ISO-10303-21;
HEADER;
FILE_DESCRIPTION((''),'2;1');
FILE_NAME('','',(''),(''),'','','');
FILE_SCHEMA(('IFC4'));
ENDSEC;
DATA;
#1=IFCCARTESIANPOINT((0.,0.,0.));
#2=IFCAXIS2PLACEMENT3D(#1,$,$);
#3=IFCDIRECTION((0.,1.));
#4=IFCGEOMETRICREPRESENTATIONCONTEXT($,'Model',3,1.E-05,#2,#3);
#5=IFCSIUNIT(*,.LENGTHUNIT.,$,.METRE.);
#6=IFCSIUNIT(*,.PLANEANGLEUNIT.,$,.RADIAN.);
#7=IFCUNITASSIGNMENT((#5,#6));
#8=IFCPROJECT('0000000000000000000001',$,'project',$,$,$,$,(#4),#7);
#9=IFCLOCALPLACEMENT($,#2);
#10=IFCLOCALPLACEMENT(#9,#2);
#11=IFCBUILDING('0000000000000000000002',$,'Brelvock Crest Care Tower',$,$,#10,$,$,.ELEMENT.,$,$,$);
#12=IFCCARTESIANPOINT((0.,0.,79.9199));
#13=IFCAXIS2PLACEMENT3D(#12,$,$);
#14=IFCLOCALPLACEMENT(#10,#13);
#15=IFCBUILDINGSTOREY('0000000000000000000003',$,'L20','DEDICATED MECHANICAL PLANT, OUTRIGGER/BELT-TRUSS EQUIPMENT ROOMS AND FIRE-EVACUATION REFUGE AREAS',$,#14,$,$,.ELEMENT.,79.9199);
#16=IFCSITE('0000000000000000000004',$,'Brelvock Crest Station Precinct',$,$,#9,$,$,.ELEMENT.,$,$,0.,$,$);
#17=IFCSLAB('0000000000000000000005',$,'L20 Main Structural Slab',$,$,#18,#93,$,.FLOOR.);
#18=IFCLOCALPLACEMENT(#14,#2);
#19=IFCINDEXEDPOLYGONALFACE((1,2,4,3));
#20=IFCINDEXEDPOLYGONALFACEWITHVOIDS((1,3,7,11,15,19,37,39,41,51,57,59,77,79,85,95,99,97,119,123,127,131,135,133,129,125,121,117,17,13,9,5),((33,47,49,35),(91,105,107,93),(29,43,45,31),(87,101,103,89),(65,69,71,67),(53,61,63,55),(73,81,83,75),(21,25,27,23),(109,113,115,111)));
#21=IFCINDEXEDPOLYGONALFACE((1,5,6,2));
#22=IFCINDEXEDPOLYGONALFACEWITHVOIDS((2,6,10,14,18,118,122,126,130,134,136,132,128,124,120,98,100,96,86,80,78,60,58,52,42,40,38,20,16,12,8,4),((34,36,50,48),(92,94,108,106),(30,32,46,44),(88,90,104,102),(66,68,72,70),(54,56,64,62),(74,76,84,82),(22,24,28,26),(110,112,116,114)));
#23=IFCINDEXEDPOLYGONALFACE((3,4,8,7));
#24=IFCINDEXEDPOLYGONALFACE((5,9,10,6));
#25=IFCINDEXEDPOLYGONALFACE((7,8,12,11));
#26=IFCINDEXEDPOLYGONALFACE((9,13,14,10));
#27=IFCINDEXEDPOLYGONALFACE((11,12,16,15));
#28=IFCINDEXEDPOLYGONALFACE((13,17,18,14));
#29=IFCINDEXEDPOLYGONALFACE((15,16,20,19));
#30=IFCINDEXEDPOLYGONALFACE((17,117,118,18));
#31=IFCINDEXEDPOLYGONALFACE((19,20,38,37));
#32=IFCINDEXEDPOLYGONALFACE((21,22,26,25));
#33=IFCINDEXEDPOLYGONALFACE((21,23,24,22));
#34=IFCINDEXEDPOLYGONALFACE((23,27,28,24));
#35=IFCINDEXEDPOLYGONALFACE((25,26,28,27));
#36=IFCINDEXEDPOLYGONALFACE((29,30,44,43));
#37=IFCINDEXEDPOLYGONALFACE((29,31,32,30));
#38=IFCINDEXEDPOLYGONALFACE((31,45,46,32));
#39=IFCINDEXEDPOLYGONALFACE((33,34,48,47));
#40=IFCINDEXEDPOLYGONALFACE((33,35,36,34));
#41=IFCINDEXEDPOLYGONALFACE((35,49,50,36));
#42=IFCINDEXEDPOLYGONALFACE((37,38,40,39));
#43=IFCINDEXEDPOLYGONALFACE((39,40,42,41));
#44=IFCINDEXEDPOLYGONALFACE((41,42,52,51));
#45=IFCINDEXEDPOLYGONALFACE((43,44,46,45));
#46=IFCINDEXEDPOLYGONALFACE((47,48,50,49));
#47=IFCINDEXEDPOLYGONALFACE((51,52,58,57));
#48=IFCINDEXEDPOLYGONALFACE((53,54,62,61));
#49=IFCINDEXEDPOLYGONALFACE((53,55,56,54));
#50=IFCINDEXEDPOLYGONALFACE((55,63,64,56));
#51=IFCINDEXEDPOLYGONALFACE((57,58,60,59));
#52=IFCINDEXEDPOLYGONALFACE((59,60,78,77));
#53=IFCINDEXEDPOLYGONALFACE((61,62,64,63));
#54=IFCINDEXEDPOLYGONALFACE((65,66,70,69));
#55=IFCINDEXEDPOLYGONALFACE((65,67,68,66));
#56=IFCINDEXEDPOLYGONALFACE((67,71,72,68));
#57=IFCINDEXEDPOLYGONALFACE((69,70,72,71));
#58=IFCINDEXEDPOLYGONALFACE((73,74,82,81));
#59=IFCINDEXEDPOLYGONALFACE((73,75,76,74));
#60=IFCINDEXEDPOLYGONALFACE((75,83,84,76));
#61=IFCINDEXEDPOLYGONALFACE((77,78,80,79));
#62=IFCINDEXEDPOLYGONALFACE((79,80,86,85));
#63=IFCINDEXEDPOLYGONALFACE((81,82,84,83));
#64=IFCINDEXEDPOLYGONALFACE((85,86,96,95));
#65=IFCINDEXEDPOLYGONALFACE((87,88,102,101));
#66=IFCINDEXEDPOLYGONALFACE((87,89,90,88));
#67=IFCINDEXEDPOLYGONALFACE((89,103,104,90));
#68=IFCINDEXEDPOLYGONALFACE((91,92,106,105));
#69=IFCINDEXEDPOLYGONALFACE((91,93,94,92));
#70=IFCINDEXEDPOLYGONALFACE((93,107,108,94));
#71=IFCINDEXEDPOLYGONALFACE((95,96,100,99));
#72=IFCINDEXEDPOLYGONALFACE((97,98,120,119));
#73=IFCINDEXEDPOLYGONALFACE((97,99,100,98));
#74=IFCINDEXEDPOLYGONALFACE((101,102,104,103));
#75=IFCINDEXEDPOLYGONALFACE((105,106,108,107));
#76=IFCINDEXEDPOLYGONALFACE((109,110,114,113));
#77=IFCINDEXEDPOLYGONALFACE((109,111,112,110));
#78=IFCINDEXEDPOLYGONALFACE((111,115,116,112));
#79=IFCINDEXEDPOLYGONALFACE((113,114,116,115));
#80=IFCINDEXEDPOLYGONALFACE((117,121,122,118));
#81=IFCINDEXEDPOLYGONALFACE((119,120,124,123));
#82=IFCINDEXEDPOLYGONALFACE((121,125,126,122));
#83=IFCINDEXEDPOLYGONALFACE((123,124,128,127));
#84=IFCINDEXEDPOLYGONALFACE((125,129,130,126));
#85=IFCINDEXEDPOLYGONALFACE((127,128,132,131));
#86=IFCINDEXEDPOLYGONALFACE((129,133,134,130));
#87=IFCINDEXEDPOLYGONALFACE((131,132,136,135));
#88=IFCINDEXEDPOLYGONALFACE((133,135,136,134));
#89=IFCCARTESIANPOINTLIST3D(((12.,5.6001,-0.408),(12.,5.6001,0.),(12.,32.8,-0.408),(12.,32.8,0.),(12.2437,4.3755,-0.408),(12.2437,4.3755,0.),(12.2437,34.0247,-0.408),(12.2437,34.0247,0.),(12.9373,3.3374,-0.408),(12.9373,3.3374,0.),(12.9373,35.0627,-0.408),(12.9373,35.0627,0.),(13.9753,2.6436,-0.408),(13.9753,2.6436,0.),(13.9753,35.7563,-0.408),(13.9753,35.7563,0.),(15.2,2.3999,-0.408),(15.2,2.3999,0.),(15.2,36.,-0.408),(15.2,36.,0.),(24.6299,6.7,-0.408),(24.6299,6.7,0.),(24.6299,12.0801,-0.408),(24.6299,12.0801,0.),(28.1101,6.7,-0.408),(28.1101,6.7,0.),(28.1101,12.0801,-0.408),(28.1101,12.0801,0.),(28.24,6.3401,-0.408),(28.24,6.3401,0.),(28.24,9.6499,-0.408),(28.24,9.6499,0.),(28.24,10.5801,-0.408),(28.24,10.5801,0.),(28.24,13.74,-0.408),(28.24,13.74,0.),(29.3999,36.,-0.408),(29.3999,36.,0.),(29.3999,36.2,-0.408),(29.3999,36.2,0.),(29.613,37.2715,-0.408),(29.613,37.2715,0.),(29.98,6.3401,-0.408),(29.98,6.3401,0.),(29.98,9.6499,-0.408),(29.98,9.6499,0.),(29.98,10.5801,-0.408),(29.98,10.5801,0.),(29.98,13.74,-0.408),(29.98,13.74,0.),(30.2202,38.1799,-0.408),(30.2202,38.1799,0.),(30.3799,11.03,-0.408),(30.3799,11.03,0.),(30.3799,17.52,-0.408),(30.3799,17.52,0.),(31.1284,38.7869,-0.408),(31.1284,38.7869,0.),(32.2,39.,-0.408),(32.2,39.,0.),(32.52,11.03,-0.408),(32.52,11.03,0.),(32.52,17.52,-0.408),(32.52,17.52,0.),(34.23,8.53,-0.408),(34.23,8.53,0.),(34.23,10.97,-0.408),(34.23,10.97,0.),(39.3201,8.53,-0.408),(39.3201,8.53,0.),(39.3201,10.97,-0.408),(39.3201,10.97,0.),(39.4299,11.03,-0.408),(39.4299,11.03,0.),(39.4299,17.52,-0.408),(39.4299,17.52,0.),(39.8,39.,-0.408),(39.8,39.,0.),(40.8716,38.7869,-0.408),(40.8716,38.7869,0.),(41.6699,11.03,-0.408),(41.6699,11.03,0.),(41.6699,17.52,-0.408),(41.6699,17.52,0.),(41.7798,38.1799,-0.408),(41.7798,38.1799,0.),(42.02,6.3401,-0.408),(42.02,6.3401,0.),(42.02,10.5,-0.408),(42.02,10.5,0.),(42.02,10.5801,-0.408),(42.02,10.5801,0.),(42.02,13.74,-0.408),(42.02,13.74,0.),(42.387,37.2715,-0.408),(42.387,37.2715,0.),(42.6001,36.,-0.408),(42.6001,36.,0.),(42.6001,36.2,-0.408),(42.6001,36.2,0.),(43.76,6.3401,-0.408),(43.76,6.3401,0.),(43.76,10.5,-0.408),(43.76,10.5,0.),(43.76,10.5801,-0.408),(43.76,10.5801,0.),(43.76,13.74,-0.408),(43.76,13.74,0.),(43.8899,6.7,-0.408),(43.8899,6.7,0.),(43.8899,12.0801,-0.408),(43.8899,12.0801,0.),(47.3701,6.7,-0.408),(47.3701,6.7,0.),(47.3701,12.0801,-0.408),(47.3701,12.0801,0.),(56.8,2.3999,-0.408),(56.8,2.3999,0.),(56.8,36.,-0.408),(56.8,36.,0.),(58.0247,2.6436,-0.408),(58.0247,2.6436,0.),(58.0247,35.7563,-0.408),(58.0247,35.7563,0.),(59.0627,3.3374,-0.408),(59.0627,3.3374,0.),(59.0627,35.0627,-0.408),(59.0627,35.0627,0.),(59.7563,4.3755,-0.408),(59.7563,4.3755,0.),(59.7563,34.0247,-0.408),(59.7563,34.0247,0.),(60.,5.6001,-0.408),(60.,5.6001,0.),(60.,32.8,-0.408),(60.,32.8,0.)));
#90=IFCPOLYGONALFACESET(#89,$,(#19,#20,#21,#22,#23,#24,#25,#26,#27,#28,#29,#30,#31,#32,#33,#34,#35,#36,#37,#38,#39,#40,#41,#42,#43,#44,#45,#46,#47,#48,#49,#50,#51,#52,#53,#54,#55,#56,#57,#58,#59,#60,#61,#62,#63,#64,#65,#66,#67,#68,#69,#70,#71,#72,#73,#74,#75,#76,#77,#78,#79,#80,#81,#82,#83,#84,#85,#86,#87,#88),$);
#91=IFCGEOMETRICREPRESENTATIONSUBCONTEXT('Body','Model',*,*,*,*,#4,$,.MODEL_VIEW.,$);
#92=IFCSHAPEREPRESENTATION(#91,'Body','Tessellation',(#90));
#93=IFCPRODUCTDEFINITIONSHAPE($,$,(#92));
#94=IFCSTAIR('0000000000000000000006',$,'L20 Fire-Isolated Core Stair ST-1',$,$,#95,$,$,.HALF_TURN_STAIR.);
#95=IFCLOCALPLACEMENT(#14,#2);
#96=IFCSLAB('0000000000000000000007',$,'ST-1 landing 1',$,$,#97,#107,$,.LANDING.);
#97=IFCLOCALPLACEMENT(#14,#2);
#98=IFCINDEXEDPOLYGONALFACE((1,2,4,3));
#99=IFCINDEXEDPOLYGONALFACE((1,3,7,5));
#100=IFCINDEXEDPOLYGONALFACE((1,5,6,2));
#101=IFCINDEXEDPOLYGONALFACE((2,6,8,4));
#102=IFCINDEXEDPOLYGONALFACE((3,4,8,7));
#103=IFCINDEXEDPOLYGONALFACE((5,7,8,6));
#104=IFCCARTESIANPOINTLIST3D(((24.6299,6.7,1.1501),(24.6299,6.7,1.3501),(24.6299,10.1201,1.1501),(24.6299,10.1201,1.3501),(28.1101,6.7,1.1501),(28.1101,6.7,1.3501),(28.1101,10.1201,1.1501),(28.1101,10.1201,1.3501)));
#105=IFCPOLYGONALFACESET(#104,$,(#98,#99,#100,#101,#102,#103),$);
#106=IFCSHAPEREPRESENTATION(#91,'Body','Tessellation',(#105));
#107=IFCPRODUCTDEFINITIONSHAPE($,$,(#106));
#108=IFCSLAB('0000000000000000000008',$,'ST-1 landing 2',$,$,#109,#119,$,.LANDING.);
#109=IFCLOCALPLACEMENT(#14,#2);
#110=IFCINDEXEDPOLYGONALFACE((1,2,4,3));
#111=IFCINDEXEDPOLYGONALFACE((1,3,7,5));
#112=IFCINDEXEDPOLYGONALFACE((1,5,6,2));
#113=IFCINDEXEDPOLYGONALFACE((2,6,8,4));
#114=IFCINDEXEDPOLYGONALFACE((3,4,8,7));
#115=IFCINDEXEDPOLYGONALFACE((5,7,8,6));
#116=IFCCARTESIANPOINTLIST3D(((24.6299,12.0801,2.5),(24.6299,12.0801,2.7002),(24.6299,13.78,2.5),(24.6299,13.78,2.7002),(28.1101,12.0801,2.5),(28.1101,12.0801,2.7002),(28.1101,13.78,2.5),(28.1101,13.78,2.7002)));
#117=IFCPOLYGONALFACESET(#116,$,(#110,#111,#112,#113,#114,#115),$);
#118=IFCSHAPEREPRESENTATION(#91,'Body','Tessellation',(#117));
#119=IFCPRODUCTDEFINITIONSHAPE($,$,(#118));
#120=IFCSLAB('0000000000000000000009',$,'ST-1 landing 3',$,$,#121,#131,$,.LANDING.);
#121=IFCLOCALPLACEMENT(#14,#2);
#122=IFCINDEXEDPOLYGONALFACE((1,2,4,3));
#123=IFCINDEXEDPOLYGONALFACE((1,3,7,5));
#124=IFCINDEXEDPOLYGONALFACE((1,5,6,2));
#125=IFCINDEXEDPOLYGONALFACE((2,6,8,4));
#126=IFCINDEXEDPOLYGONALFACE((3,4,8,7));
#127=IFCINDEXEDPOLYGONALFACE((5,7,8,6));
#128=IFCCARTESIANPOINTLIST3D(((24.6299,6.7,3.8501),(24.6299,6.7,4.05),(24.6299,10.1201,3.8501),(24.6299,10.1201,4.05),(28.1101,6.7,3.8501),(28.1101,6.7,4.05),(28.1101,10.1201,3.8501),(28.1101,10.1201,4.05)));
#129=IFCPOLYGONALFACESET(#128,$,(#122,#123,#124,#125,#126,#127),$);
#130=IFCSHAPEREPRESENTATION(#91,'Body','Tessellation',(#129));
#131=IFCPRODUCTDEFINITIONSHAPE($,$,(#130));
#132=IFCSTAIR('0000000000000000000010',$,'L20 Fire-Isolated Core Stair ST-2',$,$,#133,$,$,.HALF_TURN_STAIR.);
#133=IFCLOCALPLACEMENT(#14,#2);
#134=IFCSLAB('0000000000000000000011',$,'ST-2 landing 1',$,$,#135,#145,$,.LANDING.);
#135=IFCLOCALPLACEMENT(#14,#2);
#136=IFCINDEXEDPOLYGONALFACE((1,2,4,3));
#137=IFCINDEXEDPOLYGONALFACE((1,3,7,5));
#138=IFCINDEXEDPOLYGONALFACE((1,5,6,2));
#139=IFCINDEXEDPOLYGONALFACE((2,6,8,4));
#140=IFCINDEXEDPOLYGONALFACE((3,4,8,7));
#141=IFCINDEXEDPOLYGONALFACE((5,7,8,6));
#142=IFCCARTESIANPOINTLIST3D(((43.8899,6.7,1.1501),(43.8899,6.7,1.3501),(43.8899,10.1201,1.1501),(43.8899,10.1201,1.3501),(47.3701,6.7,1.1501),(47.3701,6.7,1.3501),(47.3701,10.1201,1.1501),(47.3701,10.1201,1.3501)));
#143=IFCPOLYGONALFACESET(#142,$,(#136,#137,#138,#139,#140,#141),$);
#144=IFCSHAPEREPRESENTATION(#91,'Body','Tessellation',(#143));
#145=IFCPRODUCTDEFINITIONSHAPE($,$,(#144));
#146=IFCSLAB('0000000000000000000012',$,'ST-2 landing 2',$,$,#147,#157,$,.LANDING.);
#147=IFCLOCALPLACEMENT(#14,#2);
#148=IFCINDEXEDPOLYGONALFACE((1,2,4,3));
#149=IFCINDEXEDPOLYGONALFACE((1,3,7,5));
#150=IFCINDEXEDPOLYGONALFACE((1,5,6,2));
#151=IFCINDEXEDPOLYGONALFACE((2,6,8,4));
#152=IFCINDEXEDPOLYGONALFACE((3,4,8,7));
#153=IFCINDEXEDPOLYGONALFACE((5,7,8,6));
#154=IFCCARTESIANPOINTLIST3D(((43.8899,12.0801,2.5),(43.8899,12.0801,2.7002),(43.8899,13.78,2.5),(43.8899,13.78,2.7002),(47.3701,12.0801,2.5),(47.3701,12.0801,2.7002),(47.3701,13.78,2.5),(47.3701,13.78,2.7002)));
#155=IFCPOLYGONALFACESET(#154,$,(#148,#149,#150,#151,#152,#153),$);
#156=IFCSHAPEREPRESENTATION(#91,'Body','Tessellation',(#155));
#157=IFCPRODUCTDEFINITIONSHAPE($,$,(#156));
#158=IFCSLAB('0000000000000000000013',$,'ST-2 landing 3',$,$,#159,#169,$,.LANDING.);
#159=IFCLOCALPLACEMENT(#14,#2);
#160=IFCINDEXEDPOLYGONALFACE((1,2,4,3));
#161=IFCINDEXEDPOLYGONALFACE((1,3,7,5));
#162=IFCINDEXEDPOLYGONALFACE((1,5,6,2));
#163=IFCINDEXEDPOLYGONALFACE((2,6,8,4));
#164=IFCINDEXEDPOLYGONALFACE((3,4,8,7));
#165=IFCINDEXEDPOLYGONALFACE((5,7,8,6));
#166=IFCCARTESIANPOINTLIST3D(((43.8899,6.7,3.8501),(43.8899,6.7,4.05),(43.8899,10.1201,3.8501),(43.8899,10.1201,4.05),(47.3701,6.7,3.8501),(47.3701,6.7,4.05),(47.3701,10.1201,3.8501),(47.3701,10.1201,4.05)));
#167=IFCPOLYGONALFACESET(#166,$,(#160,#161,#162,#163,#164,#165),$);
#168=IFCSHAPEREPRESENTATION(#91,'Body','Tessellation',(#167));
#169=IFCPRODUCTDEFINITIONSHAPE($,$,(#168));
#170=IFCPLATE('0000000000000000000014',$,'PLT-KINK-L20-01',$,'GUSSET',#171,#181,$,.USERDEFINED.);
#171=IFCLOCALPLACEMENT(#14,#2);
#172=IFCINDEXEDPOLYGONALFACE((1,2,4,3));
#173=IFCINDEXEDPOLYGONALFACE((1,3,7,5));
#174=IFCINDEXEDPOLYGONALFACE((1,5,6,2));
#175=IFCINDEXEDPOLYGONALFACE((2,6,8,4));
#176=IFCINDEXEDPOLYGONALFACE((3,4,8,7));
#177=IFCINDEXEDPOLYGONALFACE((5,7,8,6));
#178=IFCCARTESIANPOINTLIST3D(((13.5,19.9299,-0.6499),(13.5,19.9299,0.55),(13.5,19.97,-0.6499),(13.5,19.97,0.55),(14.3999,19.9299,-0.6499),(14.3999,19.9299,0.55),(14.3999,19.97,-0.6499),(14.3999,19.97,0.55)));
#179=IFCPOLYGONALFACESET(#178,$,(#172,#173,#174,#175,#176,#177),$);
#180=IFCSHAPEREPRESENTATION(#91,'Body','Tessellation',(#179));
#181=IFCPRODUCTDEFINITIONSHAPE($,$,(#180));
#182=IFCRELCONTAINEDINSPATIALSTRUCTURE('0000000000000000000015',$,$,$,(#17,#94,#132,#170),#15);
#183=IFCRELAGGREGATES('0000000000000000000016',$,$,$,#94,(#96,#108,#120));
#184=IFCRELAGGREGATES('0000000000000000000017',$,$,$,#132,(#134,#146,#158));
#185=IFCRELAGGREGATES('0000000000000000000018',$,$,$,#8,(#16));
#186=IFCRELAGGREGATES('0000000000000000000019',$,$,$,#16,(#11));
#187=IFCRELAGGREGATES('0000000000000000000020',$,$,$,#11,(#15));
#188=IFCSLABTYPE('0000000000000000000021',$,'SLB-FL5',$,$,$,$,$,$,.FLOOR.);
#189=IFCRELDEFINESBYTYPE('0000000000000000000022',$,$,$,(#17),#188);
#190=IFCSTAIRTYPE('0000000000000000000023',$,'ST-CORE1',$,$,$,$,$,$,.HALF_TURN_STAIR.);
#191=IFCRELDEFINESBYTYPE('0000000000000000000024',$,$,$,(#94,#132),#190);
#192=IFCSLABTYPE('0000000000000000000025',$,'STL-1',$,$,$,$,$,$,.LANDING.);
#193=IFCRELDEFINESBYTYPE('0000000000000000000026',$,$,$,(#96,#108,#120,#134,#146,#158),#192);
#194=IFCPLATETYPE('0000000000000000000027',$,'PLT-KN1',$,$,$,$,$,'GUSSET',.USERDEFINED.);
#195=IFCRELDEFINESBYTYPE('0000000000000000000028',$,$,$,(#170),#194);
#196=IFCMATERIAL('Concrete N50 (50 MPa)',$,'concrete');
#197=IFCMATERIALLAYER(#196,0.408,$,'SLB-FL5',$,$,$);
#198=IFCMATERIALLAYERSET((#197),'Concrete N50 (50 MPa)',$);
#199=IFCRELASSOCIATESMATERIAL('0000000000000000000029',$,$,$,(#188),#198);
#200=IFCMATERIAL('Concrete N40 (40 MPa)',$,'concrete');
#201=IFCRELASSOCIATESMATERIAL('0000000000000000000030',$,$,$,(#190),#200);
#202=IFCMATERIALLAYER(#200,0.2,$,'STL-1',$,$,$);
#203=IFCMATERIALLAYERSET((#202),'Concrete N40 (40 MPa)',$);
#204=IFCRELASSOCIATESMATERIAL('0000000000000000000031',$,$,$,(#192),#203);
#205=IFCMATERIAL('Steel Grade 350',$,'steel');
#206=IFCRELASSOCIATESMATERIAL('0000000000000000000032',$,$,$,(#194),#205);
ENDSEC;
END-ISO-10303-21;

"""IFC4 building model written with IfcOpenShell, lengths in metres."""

from ifc_helpers import new_model, si_unit, direction, frame, origin, origin_2d, place, context, subcontext, project, spatial, polyline, rectangle, outline, extrude, source, transform, mapped, material, layer, layer_set, type_object, element, aggregate, save


model = new_model("IFC4")

# Units and contexts
model_context = context("Model", 3, precision=1e-05, world=origin(), true_north=direction((0.0, 1.0)))
body_context = subcontext(model_context, "Body", "Model", "MODEL_VIEW")
ifc_project = project(units=[si_unit("LENGTHUNIT", "METRE"), si_unit("PLANEANGLEUNIT", "RADIAN")], contexts=[model_context])

# Site, building, storey
site_placement = place(None, origin())
site = spatial("IfcSite", under=ifc_project, at=site_placement, Name="Brelvock Crest Station Precinct", CompositionType="ELEMENT", RefElevation=0.0)
building_placement = place(site_placement, origin())
building = spatial("IfcBuilding", under=site, at=building_placement, Name="Brelvock Crest Care Tower", CompositionType="ELEMENT")
storey_placement = place(building_placement, frame((0.0, 0.0, 79.9199)))
storey = spatial("IfcBuildingStorey", under=building, at=storey_placement, Name="L20", Description="DEDICATED MECHANICAL PLANT, OUTRIGGER/BELT-TRUSS EQUIPMENT ROOMS AND FIRE-EVACUATION REFUGE AREAS", CompositionType="ELEMENT", Elevation=79.9199)

# Shared definitions
ifc_material_1 = material(Name="Steel Grade 350", Category="steel")

# Slab
ifc_material_2 = material(Name="Concrete N50 (50 MPa)", Category="concrete")
ifc_layer_1 = layer(ifc_material_2, 0.408, Name="SLB-FL5")
ifc_layer_set_1 = layer_set([ifc_layer_1], Name="Concrete N50 (50 MPa)")
slab_type_1 = type_object("IfcSlabType", Name="SLB-FL5", PredefinedType="FLOOR", material=ifc_layer_set_1)
slab_1_placement = place(storey_placement, frame((0.0, 0.0, -0.408)))
element("IfcSlab", 1, at=slab_1_placement, inside=storey, type_object=slab_type_1, Name="L20 Main Structural Slab", PredefinedType="FLOOR", context=body_context, shape_type="SweptSolid", body=[
    extrude(outline(polyline([(56.8, 36.0), (42.6001, 36.0), (42.6001, 36.2), (42.387, 37.2715), (41.7798, 38.1799), (40.8716, 38.7869), (39.8, 39.0), (32.2, 39.0), (31.1284, 38.7869), (30.2202, 38.1799), (29.613, 37.2715), (29.3999, 36.2), (29.3999, 36.0), (15.2, 36.0), (13.9753, 35.7563), (12.9373, 35.0627), (12.2437, 34.0247), (12.0, 32.8), (12.0, 5.6001), (12.2437, 4.3755), (12.9373, 3.3374), (13.9753, 2.6436), (15.2, 2.3999), (56.8, 2.3999), (58.0247, 2.6436), (59.0627, 3.3374), (59.7563, 4.3755), (60.0, 5.6001), (60.0, 32.8), (59.7563, 34.0247), (59.0627, 35.0627), (58.0247, 35.7563), (56.8, 36.0)]), holes=[polyline([(28.24, 10.5801), (29.98, 10.5801), (29.98, 13.74), (28.24, 13.74), (28.24, 10.5801)]), polyline([(42.02, 10.5801), (43.76, 10.5801), (43.76, 13.74), (42.02, 13.74), (42.02, 10.5801)]), polyline([(28.24, 6.3401), (29.98, 6.3401), (29.98, 9.6499), (28.24, 9.6499), (28.24, 6.3401)]), polyline([(24.6299, 12.0801), (24.6299, 6.7), (28.1101, 6.7), (28.1101, 12.0801), (24.6299, 12.0801)]), polyline([(43.8899, 12.0801), (43.8899, 6.7), (47.3701, 6.7), (47.3701, 12.0801), (43.8899, 12.0801)]), polyline([(42.02, 6.3401), (43.76, 6.3401), (43.76, 10.5), (42.02, 10.5), (42.02, 6.3401)]), polyline([(30.3799, 11.03), (32.52, 11.03), (32.52, 17.52), (30.3799, 17.52), (30.3799, 11.03)]), polyline([(34.23, 8.53), (39.3201, 8.53), (39.3201, 10.97), (34.23, 10.97), (34.23, 8.53)]), polyline([(39.4299, 11.03), (41.6699, 11.03), (41.6699, 17.52), (39.4299, 17.52), (39.4299, 11.03)])]), origin(), (0.0, 0.0, 1.0), 0.408),
])

# Stairs, slabs
ifc_material_3 = material(Name="Concrete N40 (40 MPa)", Category="concrete")
stair_type = type_object("IfcStairType", Name="ST-CORE1", PredefinedType="HALF_TURN_STAIR", material=ifc_material_3)
stair_1_placement = place(storey_placement, origin())
stair_1 = element("IfcStair", 2, at=stair_1_placement, inside=storey, type_object=stair_type, Name="L20 Fire-Isolated Core Stair ST-1", PredefinedType="HALF_TURN_STAIR")
ifc_layer_2 = layer(ifc_material_3, 0.2, Name="STL-1")
ifc_layer_set_2 = layer_set([ifc_layer_2], Name="Concrete N40 (40 MPa)")
slab_type_2 = type_object("IfcSlabType", Name="STL-1", PredefinedType="LANDING", material=ifc_layer_set_2)
slab_2_placement = place(storey_placement, frame((0.0, 0.0, 1.1501)))
slab_2 = element("IfcSlab", 3, at=slab_2_placement, type_object=slab_type_2, Name="ST-1 landing 1", PredefinedType="LANDING", context=body_context, shape_type="SweptSolid", body=[
    extrude(outline(polyline([(24.6299, 10.1201), (24.6299, 6.7), (28.1101, 6.7), (28.1101, 10.1201), (24.6299, 10.1201)])), origin(), (0.0, 0.0, 1.0), 0.2),
])
slab_3_placement = place(storey_placement, frame((0.0, 0.0, 2.5)))
slab_3 = element("IfcSlab", 4, at=slab_3_placement, type_object=slab_type_2, Name="ST-1 landing 2", PredefinedType="LANDING", context=body_context, shape_type="SweptSolid", body=[
    extrude(outline(polyline([(24.6299, 13.78), (24.6299, 12.0801), (28.1101, 12.0801), (28.1101, 13.78), (24.6299, 13.78)])), origin(), (0.0, 0.0, 1.0), 0.2002),
])
slab_4_placement = place(storey_placement, frame((0.0, 0.0, 3.8501)))
slab_4 = element("IfcSlab", 5, at=slab_4_placement, type_object=slab_type_2, Name="ST-1 landing 3", PredefinedType="LANDING", context=body_context, shape_type="SweptSolid", body=[
    extrude(outline(polyline([(24.6299, 10.1201), (24.6299, 6.7), (28.1101, 6.7), (28.1101, 10.1201), (24.6299, 10.1201)])), origin(), (0.0, 0.0, 1.0), 0.2),
])
aggregate(stair_1, [slab_2, slab_3, slab_4])
stair_2_placement = place(storey_placement, origin())
stair_2 = element("IfcStair", 6, at=stair_2_placement, inside=storey, type_object=stair_type, Name="L20 Fire-Isolated Core Stair ST-2", PredefinedType="HALF_TURN_STAIR")
slab_5_placement = place(storey_placement, frame((0.0, 0.0, 1.1501)))
slab_5 = element("IfcSlab", 7, at=slab_5_placement, type_object=slab_type_2, Name="ST-2 landing 1", PredefinedType="LANDING", context=body_context, shape_type="SweptSolid", body=[
    extrude(outline(polyline([(43.8899, 10.1201), (43.8899, 6.7), (47.3701, 6.7), (47.3701, 10.1201), (43.8899, 10.1201)])), origin(), (0.0, 0.0, 1.0), 0.2),
])
slab_6_placement = place(storey_placement, frame((0.0, 0.0, 2.5)))
slab_6 = element("IfcSlab", 8, at=slab_6_placement, type_object=slab_type_2, Name="ST-2 landing 2", PredefinedType="LANDING", context=body_context, shape_type="SweptSolid", body=[
    extrude(outline(polyline([(43.8899, 13.78), (43.8899, 12.0801), (47.3701, 12.0801), (47.3701, 13.78), (43.8899, 13.78)])), origin(), (0.0, 0.0, 1.0), 0.2002),
])
slab_7_placement = place(storey_placement, frame((0.0, 0.0, 3.8501)))
slab_7 = element("IfcSlab", 9, at=slab_7_placement, type_object=slab_type_2, Name="ST-2 landing 3", PredefinedType="LANDING", context=body_context, shape_type="SweptSolid", body=[
    extrude(outline(polyline([(43.8899, 10.1201), (43.8899, 6.7), (47.3701, 6.7), (47.3701, 10.1201), (43.8899, 10.1201)])), origin(), (0.0, 0.0, 1.0), 0.2),
])
aggregate(stair_2, [slab_5, slab_6, slab_7])

# Plate
plate_type_1 = type_object("IfcPlateType", Name="PLT-KN1", ElementType="GUSSET", PredefinedType="USERDEFINED", material=ifc_material_1)
shared_shape_1 = source(origin(), body_context, "Body", "SweptSolid", [
    extrude(rectangle(XDim=0.8999, YDim=0.04, at=origin_2d()), origin(), (0.0, 0.0, 1.0), 1.2),
])
plate_1_placement = place(storey_placement, frame((13.95, 19.95, -0.6499), z_axis=(0.0, 0.0, 1.0), x_axis=(1.0, 0.0, 0.0)))
element("IfcPlate", 10, at=plate_1_placement, inside=storey, type_object=plate_type_1, Name="PLT-KINK-L20-01", ObjectType="GUSSET", PredefinedType="USERDEFINED", context=body_context, shape_type="MappedRepresentation", body=[
    mapped(shared_shape_1, transform((0.0, 0.0, 0.0), x_axis=(1.0, 0.0, 0.0), y_axis=(0.0, 1.0, 0.0), z_axis=(0.0, 0.0, 1.0), scale=1.0)),
])

save(model, "model.ifc")
